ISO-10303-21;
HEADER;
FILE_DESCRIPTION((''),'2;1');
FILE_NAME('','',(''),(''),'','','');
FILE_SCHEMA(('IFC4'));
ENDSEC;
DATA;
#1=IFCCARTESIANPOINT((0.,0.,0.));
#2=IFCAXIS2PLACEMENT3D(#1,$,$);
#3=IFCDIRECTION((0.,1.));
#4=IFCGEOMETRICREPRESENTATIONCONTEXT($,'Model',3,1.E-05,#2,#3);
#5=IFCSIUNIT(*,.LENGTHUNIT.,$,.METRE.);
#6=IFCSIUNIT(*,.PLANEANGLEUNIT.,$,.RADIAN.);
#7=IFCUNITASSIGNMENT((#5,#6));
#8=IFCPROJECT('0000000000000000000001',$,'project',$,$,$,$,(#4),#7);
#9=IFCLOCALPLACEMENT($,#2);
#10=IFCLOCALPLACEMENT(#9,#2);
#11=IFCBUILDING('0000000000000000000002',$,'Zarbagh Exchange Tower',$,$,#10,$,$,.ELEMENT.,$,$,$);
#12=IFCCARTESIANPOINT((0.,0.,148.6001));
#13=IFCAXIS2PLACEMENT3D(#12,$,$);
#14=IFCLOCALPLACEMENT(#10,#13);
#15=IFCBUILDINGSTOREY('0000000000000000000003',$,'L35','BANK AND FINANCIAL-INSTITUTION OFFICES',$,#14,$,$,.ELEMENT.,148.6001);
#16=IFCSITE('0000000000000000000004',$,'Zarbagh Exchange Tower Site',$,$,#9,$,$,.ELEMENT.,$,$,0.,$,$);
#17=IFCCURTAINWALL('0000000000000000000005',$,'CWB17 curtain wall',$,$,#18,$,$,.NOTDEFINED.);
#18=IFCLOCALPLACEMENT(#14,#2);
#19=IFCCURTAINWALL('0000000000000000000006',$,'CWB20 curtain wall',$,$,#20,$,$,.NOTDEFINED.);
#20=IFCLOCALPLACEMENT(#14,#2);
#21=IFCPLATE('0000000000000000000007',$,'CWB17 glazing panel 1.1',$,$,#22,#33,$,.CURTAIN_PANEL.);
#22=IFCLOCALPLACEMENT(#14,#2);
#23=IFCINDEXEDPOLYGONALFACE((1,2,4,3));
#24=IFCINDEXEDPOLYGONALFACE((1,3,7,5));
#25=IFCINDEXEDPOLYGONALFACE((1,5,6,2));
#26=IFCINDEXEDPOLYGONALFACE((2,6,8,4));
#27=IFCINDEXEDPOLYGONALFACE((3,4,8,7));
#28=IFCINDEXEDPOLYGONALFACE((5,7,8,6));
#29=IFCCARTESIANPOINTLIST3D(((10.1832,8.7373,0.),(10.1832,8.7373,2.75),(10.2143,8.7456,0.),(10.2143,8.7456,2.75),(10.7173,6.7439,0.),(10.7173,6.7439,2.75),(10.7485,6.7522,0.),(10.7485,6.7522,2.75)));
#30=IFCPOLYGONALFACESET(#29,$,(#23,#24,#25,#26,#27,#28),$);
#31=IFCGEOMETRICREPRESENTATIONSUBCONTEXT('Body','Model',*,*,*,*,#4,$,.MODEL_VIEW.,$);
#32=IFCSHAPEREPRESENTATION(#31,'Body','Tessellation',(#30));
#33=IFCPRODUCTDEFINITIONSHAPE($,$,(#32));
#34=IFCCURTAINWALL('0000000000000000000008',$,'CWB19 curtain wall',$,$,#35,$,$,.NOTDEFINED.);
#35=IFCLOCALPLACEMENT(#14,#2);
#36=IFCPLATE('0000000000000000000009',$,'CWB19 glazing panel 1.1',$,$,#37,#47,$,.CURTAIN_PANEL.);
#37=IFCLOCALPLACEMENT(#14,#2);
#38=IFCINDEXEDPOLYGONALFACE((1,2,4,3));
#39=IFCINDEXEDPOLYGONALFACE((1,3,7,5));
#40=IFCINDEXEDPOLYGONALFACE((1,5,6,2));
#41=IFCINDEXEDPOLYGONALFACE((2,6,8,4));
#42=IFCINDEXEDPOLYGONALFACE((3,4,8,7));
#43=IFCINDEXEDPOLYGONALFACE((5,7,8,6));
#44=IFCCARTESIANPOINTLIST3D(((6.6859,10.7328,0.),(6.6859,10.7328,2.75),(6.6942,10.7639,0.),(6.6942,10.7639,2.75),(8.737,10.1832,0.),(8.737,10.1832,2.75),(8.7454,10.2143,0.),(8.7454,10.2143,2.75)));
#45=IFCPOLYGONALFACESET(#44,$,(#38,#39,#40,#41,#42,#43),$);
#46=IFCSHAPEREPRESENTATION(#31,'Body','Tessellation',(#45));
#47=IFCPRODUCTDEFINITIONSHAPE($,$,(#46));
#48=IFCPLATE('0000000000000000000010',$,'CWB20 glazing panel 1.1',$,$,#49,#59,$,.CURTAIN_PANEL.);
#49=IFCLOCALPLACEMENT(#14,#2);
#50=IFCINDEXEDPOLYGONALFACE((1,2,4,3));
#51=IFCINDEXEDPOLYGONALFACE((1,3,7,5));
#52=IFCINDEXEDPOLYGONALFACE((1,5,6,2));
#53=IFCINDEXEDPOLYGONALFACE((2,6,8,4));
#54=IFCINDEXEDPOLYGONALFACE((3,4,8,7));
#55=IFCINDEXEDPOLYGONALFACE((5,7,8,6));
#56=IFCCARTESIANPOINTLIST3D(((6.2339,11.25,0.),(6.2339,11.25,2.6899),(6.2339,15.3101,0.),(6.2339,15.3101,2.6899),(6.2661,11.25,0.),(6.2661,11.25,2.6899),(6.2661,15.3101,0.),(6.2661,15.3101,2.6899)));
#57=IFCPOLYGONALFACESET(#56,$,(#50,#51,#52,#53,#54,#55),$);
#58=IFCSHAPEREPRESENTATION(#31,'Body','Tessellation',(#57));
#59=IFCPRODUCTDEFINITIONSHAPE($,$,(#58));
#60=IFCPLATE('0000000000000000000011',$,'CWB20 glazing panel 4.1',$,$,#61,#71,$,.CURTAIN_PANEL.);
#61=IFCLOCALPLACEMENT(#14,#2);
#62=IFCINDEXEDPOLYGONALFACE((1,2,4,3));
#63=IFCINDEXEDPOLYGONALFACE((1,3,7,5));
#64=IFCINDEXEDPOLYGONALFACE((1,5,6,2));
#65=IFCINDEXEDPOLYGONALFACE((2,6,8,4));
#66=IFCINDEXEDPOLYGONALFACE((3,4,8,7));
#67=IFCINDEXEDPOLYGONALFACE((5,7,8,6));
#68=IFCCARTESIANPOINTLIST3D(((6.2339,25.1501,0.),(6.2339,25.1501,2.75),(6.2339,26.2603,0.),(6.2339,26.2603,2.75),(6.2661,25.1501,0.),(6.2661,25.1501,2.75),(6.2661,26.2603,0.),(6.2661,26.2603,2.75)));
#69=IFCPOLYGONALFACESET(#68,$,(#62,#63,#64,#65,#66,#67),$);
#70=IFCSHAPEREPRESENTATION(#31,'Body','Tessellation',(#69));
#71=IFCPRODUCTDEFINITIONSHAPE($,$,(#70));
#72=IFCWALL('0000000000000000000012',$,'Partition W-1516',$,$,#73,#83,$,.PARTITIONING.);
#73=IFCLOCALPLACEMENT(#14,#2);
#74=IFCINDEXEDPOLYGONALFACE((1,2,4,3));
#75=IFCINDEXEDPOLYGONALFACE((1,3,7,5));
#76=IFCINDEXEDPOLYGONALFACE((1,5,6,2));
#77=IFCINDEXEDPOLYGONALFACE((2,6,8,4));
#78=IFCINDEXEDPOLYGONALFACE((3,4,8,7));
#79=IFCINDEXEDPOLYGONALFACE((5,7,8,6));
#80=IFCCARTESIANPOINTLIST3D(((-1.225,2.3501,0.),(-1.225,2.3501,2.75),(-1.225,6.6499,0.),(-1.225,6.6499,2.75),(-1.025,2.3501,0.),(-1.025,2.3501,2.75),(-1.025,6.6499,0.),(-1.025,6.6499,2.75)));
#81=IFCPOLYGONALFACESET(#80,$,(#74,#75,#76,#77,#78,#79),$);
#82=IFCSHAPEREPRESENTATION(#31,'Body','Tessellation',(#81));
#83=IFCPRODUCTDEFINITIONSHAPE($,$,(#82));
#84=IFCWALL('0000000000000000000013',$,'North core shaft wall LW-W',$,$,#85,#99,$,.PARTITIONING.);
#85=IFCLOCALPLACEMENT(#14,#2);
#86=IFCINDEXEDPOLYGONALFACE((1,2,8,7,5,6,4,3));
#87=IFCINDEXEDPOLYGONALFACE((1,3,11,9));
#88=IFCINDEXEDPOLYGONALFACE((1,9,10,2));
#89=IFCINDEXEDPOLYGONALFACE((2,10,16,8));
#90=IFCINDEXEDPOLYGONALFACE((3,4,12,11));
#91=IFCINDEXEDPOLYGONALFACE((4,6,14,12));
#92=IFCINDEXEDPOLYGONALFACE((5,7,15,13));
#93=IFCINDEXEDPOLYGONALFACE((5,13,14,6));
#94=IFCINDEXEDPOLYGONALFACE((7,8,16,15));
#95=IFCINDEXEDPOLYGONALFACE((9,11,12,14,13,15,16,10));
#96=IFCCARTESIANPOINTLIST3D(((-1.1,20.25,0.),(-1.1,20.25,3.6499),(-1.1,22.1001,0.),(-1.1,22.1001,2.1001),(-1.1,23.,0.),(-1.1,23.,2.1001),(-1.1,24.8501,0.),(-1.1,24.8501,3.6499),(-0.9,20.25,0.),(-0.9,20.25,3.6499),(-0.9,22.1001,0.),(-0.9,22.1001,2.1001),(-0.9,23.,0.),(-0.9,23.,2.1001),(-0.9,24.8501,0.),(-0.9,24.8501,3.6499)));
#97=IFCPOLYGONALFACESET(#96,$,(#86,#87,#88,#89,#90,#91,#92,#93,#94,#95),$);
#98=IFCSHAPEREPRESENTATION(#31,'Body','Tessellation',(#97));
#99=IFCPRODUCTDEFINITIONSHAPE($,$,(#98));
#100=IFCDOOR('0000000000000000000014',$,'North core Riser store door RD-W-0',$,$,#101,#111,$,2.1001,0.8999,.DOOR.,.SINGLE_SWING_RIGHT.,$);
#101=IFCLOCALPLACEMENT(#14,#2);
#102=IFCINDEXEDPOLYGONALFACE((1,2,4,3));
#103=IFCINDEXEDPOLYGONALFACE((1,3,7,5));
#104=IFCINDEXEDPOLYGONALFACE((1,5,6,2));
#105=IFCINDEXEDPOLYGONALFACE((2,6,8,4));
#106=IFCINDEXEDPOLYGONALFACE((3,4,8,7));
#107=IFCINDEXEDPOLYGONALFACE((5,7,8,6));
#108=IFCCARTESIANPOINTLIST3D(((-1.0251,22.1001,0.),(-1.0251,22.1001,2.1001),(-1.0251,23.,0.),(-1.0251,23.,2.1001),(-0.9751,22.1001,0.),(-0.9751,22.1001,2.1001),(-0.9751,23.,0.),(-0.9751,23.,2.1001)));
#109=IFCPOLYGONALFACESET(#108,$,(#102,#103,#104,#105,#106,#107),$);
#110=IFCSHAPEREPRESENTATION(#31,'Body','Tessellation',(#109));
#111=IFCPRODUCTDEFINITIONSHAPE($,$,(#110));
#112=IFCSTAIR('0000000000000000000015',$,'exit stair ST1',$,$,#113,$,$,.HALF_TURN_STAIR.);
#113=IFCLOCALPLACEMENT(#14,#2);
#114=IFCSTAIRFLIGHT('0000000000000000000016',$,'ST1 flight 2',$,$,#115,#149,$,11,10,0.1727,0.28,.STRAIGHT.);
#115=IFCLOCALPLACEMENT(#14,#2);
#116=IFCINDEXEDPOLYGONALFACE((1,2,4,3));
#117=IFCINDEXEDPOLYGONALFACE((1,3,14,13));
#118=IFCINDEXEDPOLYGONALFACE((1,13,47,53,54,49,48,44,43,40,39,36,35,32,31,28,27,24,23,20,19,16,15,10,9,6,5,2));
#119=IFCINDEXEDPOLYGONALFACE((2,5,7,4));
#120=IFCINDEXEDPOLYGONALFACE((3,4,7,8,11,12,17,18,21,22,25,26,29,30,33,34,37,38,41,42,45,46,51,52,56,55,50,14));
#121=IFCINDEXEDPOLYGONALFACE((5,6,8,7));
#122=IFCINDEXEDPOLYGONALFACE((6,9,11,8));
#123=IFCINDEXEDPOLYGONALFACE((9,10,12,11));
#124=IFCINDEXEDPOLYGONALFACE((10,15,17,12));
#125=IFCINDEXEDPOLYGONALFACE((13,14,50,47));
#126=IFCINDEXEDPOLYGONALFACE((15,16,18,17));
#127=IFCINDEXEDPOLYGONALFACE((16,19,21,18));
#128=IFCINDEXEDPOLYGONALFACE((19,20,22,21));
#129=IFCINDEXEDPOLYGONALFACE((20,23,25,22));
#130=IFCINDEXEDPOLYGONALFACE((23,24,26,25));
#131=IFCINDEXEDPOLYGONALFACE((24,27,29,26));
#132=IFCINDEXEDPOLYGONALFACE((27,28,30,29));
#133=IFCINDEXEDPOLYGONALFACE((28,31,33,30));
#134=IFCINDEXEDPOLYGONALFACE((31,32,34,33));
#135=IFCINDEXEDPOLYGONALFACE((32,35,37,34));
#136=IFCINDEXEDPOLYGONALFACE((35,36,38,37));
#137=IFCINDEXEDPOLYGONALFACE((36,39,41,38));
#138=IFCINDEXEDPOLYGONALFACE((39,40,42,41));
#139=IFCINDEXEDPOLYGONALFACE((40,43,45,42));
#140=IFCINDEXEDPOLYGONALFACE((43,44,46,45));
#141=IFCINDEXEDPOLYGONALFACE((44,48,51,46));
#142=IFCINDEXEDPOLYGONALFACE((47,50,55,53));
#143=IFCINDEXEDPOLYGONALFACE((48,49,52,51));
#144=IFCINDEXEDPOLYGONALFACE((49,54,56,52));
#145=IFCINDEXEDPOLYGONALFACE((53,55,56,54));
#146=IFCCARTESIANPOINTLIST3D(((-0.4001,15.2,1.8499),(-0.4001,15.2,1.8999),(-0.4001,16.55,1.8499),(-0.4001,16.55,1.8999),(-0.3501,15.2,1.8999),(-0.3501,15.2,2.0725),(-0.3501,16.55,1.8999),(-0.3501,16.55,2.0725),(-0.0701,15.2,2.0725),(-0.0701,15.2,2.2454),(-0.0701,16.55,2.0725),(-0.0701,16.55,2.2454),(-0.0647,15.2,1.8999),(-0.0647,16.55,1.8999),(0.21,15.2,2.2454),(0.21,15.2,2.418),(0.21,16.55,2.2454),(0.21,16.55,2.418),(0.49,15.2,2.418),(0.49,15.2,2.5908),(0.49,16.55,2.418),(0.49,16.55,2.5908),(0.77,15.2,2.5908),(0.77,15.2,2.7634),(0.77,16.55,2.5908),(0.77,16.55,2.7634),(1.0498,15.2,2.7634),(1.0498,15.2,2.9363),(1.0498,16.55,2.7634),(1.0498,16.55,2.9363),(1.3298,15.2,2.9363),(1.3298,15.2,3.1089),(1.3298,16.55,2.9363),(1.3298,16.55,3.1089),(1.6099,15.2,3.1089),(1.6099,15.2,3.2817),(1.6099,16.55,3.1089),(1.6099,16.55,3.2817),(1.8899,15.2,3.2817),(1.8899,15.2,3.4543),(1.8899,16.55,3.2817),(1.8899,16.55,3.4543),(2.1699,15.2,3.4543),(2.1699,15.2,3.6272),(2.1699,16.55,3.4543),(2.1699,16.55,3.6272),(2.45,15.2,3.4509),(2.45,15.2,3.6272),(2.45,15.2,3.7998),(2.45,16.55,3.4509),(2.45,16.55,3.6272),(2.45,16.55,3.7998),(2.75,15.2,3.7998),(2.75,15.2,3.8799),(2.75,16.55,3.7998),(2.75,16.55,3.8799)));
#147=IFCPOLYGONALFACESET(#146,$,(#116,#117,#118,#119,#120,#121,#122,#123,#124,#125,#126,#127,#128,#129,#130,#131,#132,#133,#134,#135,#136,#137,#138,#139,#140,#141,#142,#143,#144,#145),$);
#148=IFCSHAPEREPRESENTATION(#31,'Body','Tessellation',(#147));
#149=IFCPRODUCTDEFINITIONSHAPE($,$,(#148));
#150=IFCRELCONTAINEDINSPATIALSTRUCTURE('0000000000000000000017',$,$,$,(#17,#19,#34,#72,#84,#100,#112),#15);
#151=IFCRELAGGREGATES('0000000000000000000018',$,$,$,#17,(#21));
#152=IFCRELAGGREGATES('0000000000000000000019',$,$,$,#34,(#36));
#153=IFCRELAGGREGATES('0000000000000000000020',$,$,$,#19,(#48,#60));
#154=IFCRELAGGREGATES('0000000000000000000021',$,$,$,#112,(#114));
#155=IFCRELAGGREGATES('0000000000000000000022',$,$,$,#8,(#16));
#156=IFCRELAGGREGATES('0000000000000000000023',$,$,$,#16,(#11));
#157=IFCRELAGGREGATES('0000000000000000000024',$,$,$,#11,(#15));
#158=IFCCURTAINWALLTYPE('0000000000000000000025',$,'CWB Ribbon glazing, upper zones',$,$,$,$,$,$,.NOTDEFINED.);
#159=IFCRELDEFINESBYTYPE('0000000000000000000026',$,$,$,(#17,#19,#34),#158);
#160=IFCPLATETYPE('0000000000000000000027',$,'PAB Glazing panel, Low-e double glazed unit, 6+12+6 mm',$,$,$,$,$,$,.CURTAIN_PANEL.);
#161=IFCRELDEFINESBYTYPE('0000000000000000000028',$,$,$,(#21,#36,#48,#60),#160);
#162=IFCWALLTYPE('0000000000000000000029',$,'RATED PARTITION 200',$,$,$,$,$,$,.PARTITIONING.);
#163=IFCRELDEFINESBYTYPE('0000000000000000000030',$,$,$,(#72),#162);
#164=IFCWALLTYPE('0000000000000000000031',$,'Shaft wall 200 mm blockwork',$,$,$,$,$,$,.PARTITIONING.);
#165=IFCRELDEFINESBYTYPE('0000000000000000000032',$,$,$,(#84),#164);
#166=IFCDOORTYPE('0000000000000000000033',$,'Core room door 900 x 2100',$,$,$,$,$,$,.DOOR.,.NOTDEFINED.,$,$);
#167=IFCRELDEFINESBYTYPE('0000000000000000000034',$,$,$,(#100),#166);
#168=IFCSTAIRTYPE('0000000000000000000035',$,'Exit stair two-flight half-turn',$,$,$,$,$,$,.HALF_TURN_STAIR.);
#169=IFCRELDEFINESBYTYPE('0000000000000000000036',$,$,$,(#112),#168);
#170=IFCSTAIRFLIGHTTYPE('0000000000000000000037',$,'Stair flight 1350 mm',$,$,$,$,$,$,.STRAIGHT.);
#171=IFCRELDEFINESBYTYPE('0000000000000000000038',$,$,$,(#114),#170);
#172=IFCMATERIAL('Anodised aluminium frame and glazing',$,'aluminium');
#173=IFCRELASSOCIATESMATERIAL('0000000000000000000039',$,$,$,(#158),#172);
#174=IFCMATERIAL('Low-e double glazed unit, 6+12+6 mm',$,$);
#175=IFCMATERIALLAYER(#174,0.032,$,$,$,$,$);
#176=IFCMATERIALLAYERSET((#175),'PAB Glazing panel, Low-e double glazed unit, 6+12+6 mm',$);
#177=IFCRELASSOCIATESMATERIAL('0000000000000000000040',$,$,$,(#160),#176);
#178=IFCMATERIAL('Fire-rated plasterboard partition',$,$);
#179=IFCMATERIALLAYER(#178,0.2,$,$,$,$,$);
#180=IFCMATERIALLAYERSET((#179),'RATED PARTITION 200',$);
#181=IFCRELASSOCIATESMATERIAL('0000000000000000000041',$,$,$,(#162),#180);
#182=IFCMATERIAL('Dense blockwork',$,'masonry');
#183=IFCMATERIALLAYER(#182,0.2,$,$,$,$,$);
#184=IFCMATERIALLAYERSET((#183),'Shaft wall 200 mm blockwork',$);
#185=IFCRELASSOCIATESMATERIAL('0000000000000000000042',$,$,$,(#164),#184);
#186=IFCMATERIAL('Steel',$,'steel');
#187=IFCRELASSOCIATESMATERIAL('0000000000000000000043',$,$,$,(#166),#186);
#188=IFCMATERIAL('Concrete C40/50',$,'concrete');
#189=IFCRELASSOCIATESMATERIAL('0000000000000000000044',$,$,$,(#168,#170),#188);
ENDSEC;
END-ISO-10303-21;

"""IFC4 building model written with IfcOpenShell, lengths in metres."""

from ifc_helpers import new_model, si_unit, direction, frame, frame_2d, origin, place, context, subcontext, project, spatial, polyline, rectangle, outline, extrude, source, transform, mapped, material, layer, layer_set, type_object, element, fill, aggregate, save


model = new_model("IFC4")

# Units and contexts
model_context = context("Model", 3, precision=1e-05, world=origin(), true_north=direction((0.0, 1.0)))
body_context = subcontext(model_context, "Body", "Model", "MODEL_VIEW")
ifc_project = project(units=[si_unit("LENGTHUNIT", "METRE"), si_unit("PLANEANGLEUNIT", "RADIAN")], contexts=[model_context])

# Site, building, storey
site_placement = place(None, origin())
site = spatial("IfcSite", under=ifc_project, at=site_placement, Name="Zarbagh Exchange Tower Site", CompositionType="ELEMENT", RefElevation=0.0)
building_placement = place(site_placement, origin())
building = spatial("IfcBuilding", under=site, at=building_placement, Name="Zarbagh Exchange Tower", CompositionType="ELEMENT")
storey_placement = place(building_placement, frame((0.0, 0.0, 148.6001)))
storey = spatial("IfcBuildingStorey", under=building, at=storey_placement, Name="L35", Description="BANK AND FINANCIAL-INSTITUTION OFFICES", CompositionType="ELEMENT", Elevation=148.6001)

# Shared definitions
ifc_material_1 = material(Name="Anodised aluminium frame and glazing", Category="aluminium")
curtain_wall_type = type_object("IfcCurtainWallType", Name="CWB Ribbon glazing, upper zones", PredefinedType="NOTDEFINED", material=ifc_material_1)
placement = place(storey_placement, origin())

# Curtain wall
curtain_wall_1_placement = place(storey_placement, origin())
curtain_wall_1 = element("IfcCurtainWall", 1, at=curtain_wall_1_placement, inside=storey, type_object=curtain_wall_type, Name="CWB17 curtain wall", PredefinedType="NOTDEFINED")

# Curtain wall
curtain_wall_2_placement = place(storey_placement, origin())
curtain_wall_2 = element("IfcCurtainWall", 2, at=curtain_wall_2_placement, inside=storey, type_object=curtain_wall_type, Name="CWB20 curtain wall", PredefinedType="NOTDEFINED")

# Shared definitions
ifc_material_2 = material(Name="Low-e double glazed unit, 6+12+6 mm")
ifc_layer_1 = layer(ifc_material_2, 0.032)
ifc_layer_set_1 = layer_set([ifc_layer_1], Name="PAB Glazing panel, Low-e double glazed unit, 6+12+6 mm")
plate_type = type_object("IfcPlateType", Name="PAB Glazing panel, Low-e double glazed unit, 6+12+6 mm", PredefinedType="CURTAIN_PANEL", material=ifc_layer_set_1)

# Plate
shared_shape_1 = source(origin(), body_context, "Body", "SweptSolid", [
    extrude(outline(polyline([(0.0, -0.0161), (2.0637, -0.0161), (2.0637, 0.0161), (0.0, 0.0161), (0.0, -0.0161)])), origin(), (0.0, 0.0, 1.0), 2.75),
])
plate_1 = element("IfcPlate", 3, at=placement, type_object=plate_type, Name="CWB17 glazing panel 1.1", PredefinedType="CURTAIN_PANEL", context=body_context, shape_type="MappedRepresentation", body=[
    mapped(shared_shape_1, transform((10.7329, 6.748, 0.0), x_axis=(-0.258825, 0.965924, 0.0), y_axis=(-0.965924, -0.258825, 0.0), z_axis=(0.0, 0.0, 1.0))),
])
aggregate(curtain_wall_1, [plate_1])

# Curtain wall, plate
curtain_wall_3_placement = place(storey_placement, origin())
curtain_wall_3 = element("IfcCurtainWall", 4, at=curtain_wall_3_placement, inside=storey, type_object=curtain_wall_type, Name="CWB19 curtain wall", PredefinedType="NOTDEFINED")
shared_shape_2 = source(origin(), body_context, "Body", "SweptSolid", [
    extrude(outline(polyline([(0.0, -0.0161), (2.1235, -0.0161), (2.1235, 0.0161), (0.0, 0.0161), (0.0, -0.0161)])), origin(), (0.0, 0.0, 1.0), 2.75),
])
plate_2 = element("IfcPlate", 5, at=placement, type_object=plate_type, Name="CWB19 glazing panel 1.1", PredefinedType="CURTAIN_PANEL", context=body_context, shape_type="MappedRepresentation", body=[
    mapped(shared_shape_2, transform((8.7412, 10.1987, 0.0), x_axis=(-0.965924, 0.258825, 0.0), y_axis=(-0.258825, -0.965924, 0.0), z_axis=(0.0, 0.0, 1.0))),
])
aggregate(curtain_wall_3, [plate_2])

# Plates
shared_shape_3 = source(origin(), body_context, "Body", "SweptSolid", [
    extrude(outline(polyline([(0.0, -0.0161), (4.0601, -0.0161), (4.0601, 0.0161), (0.0, 0.0161), (0.0, -0.0161)])), origin(), (0.0, 0.0, 1.0), 2.6899),
])
plate_3 = element("IfcPlate", 6, at=placement, type_object=plate_type, Name="CWB20 glazing panel 1.1", PredefinedType="CURTAIN_PANEL", context=body_context, shape_type="MappedRepresentation", body=[
    mapped(shared_shape_3, transform((6.25, 11.25, 0.0), x_axis=(0.0, 1.0, 0.0), y_axis=(-1.0, 0.0, 0.0), z_axis=(0.0, 0.0, 1.0))),
])
shared_shape_4 = source(origin(), body_context, "Body", "SweptSolid", [
    extrude(outline(polyline([(0.0, -0.0161), (1.1101, -0.0161), (1.1101, 0.0161), (0.0, 0.0161), (0.0, -0.0161)])), origin(), (0.0, 0.0, 1.0), 2.75),
])
plate_4 = element("IfcPlate", 7, at=placement, type_object=plate_type, Name="CWB20 glazing panel 4.1", PredefinedType="CURTAIN_PANEL", context=body_context, shape_type="MappedRepresentation", body=[
    mapped(shared_shape_4, transform((6.25, 25.1501, 0.0), x_axis=(0.0, 1.0, 0.0), y_axis=(-1.0, 0.0, 0.0), z_axis=(0.0, 0.0, 1.0))),
])
aggregate(curtain_wall_2, [plate_3, plate_4])

# Wall
ifc_material_3 = material(Name="Fire-rated plasterboard partition")
ifc_layer_2 = layer(ifc_material_3, 0.2)
ifc_layer_set_2 = layer_set([ifc_layer_2], Name="RATED PARTITION 200")
wall_type_1 = type_object("IfcWallType", Name="RATED PARTITION 200", PredefinedType="PARTITIONING", material=ifc_layer_set_2)
wall_1_placement = place(storey_placement, frame((-1.125, 2.3501, 0.0), z_axis=(0.0, 0.0, 1.0), x_axis=(0.0, 1.0, 0.0)))
element("IfcWall", 8, at=wall_1_placement, inside=storey, type_object=wall_type_1, Name="Partition W-1516", PredefinedType="PARTITIONING", context=body_context, shape_type="SweptSolid", body=[
    extrude(rectangle(XDim=4.2998, YDim=0.2, at=frame_2d((2.1499, 0.0))), origin(), (0.0, 0.0, 1.0), 2.75),
])

# Wall, opening, door
ifc_material_4 = material(Name="Dense blockwork", Category="masonry")
ifc_layer_3 = layer(ifc_material_4, 0.2)
ifc_layer_set_3 = layer_set([ifc_layer_3], Name="Shaft wall 200 mm blockwork")
wall_type_2 = type_object("IfcWallType", Name="Shaft wall 200 mm blockwork", PredefinedType="PARTITIONING", material=ifc_layer_set_3)
wall_2_placement = place(storey_placement, frame((-1.0, 24.8501, 0.0), z_axis=(0.0, 0.0, 1.0), x_axis=(0.0, -1.0, 0.0)))
wall_2 = element("IfcWall", 9, at=wall_2_placement, inside=storey, type_object=wall_type_2, Name="North core shaft wall LW-W", PredefinedType="PARTITIONING", context=body_context, shape_type="SweptSolid", body=[
    extrude(rectangle(XDim=4.6001, YDim=0.2, at=frame_2d((2.3, 0.0))), origin(), (0.0, 0.0, 1.0), 3.6499),
])
opening_placement = place(wall_2_placement, frame((1.8501, 0.0, 0.0)))
opening = element("IfcOpeningElement", 10, at=opening_placement, cuts=wall_2, PredefinedType="OPENING", context=body_context, shape_type="SweptSolid", body=[
    extrude(rectangle(XDim=0.8999, YDim=2.1001, at=frame_2d((0.45, 1.05))), frame((0.0, 0.1099, 0.0), z_axis=(0.0, -1.0, 0.0), x_axis=(1.0, 0.0, 0.0)), (0.0, 0.0, 1.0), 0.22),
])
ifc_material_5 = material(Name="Steel", Category="steel")
door_type = type_object("IfcDoorType", Name="Core room door 900 x 2100", OperationType="NOTDEFINED", PredefinedType="DOOR", material=ifc_material_5)
door_placement = place(opening_placement, origin())
door = element("IfcDoor", 11, at=door_placement, inside=storey, type_object=door_type, Name="North core Riser store door RD-W-0", OperationType="SINGLE_SWING_RIGHT", OverallHeight=2.1001, OverallWidth=0.8999, PredefinedType="DOOR", context=body_context, shape_type="SweptSolid", body=[
    extrude(rectangle(XDim=0.8999, YDim=2.1001, at=frame_2d((0.45, 1.05))), frame((0.0, 0.0249, 0.0), z_axis=(0.0, -1.0, 0.0), x_axis=(1.0, 0.0, 0.0)), (0.0, 0.0, 1.0), 0.05),
])
fill(opening, door)

# Stair, stair flight
ifc_material_6 = material(Name="Concrete C40/50", Category="concrete")
stair_type = type_object("IfcStairType", Name="Exit stair two-flight half-turn", PredefinedType="HALF_TURN_STAIR", material=ifc_material_6)
stair_placement = place(storey_placement, origin())
stair = element("IfcStair", 12, at=stair_placement, inside=storey, type_object=stair_type, Name="exit stair ST1", PredefinedType="HALF_TURN_STAIR")
stair_flight_type = type_object("IfcStairFlightType", Name="Stair flight 1350 mm", PredefinedType="STRAIGHT", material=ifc_material_6)
stair_flight_placement = place(storey_placement, frame((-0.3501, 15.875, 1.8999), z_axis=(0.0, 0.0, 1.0), x_axis=(1.0, 0.0, 0.0)))
stair_flight = element("IfcStairFlight", 13, at=stair_flight_placement, type_object=stair_flight_type, Name="ST1 flight 2", NumberOfRisers=11, NumberOfTreads=10, PredefinedType="STRAIGHT", RiserHeight=0.1727, TreadLength=0.28, context=body_context, shape_type="SweptSolid", body=[
    extrude(outline(polyline([(-0.05, -0.05), (-0.05, 0.0), (0.0, 0.0), (0.0, 0.1726), (0.28, 0.1726), (0.28, 0.3455), (0.5601, 0.3455), (0.5601, 0.5181), (0.8401, 0.5181), (0.8401, 0.6909), (1.1201, 0.6909), (1.1201, 0.8635), (1.3999, 0.8635), (1.3999, 1.0364), (1.6799, 1.0364), (1.6799, 1.209), (1.96, 1.209), (1.96, 1.3818), (2.24, 1.3818), (2.24, 1.5544), (2.52, 1.5544), (2.52, 1.7273), (2.8, 1.7273), (2.8, 1.8999), (3.1001, 1.98), (3.1001, 1.8999), (2.8, 1.551), (0.2854, 0.0), (-0.05, -0.05)])), frame((0.0, 0.675, 0.0), z_axis=(0.0, -1.0, 0.0), x_axis=(1.0, 0.0, 0.0)), (0.0, 0.0, 1.0), 1.3501),
])
aggregate(stair, [stair_flight])

save(model, "model.ifc")
